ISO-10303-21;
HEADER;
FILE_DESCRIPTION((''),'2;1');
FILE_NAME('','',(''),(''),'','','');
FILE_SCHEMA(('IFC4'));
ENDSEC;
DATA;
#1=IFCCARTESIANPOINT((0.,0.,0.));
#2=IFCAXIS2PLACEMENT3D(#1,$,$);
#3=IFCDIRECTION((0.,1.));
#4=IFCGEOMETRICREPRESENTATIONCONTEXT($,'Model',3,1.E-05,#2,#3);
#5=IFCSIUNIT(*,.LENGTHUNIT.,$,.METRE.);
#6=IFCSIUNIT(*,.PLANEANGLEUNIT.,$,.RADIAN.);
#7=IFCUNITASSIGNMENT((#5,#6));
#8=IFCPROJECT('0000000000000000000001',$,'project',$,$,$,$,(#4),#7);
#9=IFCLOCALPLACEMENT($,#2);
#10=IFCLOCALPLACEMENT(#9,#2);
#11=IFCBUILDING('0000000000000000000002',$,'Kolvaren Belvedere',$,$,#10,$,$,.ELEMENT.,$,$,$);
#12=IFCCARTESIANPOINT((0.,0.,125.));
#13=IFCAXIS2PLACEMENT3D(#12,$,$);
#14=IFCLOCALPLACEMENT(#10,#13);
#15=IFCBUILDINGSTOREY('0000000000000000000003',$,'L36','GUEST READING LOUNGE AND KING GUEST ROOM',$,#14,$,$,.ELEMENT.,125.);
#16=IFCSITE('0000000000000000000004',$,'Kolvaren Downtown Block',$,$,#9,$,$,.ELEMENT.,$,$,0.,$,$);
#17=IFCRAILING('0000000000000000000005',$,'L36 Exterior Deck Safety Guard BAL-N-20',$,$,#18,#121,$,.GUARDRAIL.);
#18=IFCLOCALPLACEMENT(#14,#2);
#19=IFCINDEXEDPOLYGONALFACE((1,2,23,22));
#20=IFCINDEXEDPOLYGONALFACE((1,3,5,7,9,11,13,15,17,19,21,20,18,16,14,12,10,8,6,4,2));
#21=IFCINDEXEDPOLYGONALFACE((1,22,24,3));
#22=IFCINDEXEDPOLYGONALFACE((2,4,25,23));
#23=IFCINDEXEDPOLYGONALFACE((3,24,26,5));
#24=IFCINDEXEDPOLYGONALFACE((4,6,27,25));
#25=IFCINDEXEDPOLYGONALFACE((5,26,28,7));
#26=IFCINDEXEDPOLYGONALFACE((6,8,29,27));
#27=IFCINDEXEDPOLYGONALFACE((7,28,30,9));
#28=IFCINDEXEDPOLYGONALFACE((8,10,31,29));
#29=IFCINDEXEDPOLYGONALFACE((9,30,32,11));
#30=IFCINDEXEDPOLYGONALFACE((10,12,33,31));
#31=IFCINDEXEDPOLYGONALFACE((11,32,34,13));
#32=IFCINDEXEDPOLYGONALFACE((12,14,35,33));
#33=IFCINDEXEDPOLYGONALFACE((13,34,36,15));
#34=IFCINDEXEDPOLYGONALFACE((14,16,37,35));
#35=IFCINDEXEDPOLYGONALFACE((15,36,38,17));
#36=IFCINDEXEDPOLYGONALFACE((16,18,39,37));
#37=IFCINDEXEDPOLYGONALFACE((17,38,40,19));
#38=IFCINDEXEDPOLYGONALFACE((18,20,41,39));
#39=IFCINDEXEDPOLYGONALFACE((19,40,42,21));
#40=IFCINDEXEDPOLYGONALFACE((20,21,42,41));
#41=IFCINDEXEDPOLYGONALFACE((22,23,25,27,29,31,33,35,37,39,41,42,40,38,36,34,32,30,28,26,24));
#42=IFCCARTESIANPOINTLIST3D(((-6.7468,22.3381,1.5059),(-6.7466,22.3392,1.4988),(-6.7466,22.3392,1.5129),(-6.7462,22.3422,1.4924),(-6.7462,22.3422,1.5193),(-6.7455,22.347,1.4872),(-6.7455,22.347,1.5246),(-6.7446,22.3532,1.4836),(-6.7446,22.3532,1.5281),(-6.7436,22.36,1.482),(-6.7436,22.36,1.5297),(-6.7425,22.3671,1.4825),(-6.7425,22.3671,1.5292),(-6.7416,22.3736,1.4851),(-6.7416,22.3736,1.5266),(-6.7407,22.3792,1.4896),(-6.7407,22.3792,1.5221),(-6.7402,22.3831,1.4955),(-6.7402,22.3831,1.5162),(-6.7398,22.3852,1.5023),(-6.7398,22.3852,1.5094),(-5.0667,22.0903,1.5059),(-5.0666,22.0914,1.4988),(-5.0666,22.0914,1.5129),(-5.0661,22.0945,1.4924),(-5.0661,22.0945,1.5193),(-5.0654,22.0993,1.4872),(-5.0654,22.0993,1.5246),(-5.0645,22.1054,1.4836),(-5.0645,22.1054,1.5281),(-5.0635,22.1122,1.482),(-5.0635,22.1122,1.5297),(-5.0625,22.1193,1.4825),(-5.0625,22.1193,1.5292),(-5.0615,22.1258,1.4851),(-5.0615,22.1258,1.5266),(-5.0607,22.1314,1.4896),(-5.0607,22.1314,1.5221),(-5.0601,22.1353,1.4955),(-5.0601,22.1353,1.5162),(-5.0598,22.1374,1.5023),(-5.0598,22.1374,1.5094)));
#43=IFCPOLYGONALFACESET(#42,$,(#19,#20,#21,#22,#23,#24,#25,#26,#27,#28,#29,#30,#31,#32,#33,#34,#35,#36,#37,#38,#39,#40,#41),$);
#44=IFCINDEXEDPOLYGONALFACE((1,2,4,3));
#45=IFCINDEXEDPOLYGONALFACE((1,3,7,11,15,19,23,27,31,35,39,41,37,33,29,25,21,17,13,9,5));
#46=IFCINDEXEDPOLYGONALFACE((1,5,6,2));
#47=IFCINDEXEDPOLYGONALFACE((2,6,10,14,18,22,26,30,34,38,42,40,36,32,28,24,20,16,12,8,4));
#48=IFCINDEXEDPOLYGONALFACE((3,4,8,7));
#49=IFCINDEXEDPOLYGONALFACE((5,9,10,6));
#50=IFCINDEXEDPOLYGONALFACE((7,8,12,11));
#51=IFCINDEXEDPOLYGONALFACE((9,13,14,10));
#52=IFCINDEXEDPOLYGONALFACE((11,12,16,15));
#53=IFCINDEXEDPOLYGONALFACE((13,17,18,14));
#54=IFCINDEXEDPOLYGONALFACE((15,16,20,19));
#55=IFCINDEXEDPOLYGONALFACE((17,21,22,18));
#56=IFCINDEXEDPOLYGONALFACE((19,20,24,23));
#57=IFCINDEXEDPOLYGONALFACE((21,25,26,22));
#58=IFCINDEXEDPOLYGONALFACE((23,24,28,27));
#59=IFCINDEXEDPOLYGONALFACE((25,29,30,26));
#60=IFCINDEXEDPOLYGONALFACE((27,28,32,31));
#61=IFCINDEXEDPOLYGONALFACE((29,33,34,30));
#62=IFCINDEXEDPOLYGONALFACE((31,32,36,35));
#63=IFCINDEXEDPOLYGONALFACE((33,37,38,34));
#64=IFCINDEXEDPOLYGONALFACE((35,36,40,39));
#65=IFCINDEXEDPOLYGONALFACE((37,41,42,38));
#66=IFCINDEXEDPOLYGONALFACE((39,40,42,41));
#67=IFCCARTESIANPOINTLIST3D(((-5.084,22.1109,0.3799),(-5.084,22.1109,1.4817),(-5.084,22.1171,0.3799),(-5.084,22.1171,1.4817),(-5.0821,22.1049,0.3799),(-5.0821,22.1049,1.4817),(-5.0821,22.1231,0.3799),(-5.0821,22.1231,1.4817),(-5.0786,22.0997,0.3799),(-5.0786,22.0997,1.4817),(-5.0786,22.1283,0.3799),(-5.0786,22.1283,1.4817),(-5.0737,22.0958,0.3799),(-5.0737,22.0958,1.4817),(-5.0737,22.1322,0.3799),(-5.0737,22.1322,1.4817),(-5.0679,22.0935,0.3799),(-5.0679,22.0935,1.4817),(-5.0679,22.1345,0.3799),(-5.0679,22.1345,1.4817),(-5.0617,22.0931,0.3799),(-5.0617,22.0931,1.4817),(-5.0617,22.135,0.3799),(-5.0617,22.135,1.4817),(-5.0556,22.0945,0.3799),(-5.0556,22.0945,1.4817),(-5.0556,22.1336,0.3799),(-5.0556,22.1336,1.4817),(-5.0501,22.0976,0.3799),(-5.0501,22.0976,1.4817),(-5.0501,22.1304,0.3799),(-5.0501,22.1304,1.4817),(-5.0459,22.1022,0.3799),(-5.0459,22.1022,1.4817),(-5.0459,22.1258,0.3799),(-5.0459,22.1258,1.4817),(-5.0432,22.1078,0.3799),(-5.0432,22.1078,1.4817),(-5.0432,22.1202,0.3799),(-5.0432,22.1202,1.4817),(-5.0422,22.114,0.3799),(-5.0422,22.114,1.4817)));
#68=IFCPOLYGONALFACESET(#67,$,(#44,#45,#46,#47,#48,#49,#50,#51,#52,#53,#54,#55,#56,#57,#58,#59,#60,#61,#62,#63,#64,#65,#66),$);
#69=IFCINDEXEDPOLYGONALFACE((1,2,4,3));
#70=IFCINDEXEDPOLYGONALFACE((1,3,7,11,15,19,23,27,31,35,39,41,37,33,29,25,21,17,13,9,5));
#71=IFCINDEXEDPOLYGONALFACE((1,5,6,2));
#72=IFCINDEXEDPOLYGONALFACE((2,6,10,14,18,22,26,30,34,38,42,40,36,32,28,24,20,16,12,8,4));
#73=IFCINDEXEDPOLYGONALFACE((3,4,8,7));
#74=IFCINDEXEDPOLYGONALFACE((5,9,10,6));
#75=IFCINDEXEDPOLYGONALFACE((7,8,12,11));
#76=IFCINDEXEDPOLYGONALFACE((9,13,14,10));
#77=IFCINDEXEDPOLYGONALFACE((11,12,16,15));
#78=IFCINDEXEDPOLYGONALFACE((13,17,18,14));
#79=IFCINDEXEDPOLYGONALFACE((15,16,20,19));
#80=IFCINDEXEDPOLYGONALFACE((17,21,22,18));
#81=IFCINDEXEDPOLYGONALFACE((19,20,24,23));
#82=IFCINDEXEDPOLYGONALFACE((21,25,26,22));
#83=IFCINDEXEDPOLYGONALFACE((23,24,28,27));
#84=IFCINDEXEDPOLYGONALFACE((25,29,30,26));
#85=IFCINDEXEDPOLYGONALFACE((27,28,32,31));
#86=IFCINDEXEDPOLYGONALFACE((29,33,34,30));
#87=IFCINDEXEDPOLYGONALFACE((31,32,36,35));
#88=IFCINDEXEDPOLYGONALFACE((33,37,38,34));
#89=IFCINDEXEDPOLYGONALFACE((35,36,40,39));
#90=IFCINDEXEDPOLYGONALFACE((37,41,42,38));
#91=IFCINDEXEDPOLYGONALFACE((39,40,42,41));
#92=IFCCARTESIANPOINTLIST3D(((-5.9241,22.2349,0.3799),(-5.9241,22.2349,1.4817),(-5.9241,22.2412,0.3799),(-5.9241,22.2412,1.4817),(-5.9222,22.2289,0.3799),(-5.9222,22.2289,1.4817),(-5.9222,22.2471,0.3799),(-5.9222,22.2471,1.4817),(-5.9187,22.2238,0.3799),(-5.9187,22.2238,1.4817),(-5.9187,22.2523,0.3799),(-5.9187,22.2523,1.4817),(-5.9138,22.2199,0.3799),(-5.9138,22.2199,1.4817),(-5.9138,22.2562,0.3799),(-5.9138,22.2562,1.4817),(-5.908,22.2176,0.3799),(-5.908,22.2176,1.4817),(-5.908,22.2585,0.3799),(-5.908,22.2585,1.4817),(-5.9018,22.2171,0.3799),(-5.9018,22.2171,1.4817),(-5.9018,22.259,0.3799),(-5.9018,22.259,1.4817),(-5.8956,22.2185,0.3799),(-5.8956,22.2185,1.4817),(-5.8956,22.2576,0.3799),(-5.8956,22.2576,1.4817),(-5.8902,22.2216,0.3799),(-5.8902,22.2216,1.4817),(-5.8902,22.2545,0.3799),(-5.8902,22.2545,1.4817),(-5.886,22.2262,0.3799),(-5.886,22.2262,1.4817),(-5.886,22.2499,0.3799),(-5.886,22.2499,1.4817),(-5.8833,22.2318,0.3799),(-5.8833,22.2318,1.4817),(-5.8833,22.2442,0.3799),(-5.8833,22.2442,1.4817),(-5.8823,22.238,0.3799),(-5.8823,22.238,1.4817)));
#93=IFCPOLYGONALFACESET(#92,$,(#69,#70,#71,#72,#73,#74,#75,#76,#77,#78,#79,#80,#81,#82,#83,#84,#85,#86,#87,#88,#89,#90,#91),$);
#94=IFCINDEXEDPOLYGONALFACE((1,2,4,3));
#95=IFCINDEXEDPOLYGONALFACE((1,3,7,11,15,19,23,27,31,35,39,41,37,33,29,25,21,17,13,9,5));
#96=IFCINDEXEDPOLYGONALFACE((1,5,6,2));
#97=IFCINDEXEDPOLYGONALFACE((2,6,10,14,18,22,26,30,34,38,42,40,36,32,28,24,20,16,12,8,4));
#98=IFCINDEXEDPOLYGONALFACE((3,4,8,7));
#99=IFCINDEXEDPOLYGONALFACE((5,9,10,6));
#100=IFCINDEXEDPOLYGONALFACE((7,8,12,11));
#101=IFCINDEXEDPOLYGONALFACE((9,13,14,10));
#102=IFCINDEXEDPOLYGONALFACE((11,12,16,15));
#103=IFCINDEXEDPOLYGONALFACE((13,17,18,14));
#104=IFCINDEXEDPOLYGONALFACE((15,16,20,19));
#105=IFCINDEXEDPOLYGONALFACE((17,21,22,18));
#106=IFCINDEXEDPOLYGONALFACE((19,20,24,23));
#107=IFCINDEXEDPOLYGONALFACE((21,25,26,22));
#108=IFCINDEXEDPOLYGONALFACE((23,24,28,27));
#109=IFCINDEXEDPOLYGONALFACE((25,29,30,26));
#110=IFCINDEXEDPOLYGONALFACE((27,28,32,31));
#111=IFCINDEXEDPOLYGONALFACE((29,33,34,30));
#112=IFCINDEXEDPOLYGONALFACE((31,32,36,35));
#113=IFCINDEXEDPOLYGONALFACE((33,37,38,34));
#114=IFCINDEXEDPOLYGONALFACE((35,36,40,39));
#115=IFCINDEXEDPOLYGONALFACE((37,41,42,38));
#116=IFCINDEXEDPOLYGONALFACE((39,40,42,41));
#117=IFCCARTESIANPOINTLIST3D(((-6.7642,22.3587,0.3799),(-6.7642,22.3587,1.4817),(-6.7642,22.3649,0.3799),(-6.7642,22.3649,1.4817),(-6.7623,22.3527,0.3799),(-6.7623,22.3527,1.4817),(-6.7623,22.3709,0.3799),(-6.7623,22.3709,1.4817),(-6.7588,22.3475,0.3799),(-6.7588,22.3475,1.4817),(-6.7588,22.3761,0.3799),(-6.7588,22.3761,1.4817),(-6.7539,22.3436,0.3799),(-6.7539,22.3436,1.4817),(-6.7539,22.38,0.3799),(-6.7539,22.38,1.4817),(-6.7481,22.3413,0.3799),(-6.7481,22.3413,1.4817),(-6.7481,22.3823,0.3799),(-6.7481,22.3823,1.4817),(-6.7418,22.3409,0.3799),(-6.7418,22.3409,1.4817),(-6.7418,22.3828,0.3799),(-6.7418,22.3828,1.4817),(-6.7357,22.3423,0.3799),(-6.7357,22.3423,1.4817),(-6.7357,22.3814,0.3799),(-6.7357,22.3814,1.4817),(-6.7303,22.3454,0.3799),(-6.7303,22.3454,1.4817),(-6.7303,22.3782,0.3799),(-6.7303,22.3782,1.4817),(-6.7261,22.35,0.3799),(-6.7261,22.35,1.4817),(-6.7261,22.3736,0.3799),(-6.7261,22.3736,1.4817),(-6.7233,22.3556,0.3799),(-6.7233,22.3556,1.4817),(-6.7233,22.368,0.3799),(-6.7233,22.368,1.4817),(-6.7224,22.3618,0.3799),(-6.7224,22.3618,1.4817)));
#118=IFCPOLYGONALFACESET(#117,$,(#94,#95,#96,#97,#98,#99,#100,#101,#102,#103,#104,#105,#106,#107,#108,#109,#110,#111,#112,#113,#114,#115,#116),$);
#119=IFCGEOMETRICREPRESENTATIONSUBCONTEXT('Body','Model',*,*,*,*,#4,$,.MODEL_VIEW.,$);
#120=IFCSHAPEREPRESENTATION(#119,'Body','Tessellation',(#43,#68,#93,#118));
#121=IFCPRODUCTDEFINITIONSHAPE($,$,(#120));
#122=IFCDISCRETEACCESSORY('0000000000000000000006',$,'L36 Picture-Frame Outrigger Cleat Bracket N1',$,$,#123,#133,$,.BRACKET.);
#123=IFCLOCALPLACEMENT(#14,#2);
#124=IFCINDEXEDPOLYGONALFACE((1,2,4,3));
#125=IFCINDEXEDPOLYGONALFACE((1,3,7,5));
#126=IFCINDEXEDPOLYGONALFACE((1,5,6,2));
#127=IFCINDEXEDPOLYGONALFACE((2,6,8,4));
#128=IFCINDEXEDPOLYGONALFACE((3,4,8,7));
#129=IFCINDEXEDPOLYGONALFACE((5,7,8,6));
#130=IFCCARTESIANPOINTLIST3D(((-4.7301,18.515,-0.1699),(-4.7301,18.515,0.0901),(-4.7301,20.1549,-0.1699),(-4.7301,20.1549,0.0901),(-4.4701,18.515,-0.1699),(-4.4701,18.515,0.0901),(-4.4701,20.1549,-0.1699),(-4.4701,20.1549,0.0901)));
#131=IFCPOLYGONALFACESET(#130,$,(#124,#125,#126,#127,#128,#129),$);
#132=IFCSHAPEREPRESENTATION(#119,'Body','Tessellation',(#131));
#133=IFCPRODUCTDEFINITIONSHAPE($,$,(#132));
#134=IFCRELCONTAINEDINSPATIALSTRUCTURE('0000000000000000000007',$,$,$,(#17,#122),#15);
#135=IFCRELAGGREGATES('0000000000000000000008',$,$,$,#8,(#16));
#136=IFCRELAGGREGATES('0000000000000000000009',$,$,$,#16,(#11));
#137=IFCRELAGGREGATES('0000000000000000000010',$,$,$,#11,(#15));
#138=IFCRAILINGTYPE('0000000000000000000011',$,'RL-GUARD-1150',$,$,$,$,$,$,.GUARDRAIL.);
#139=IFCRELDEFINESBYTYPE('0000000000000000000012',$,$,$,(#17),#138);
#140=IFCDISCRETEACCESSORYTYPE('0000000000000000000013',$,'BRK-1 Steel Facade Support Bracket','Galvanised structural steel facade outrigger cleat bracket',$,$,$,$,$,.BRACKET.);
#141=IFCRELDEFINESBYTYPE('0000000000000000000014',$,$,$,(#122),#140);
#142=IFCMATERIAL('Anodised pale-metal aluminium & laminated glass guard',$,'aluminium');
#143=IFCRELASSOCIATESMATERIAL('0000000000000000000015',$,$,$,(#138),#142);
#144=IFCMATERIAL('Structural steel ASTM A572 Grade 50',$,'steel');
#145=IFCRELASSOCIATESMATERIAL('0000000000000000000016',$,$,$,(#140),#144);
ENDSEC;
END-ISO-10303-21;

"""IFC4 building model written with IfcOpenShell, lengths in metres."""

from ifc_helpers import new_model, si_unit, direction, frame, origin, origin_2d, place, context, subcontext, project, spatial, rectangle, circle, extrude, material, type_object, element, save


model = new_model("IFC4")

# Units and contexts
model_context = context("Model", 3, precision=1e-05, world=origin(), true_north=direction((0.0, 1.0)))
body_context = subcontext(model_context, "Body", "Model", "MODEL_VIEW")
ifc_project = project(units=[si_unit("LENGTHUNIT", "METRE"), si_unit("PLANEANGLEUNIT", "RADIAN")], contexts=[model_context])

# Site, building, storey
site_placement = place(None, origin())
site = spatial("IfcSite", under=ifc_project, at=site_placement, Name="Kolvaren Downtown Block", CompositionType="ELEMENT", RefElevation=0.0)
building_placement = place(site_placement, origin())
building = spatial("IfcBuilding", under=site, at=building_placement, Name="Kolvaren Belvedere", CompositionType="ELEMENT")
storey_placement = place(building_placement, frame((0.0, 0.0, 125.0)))
storey = spatial("IfcBuildingStorey", under=building, at=storey_placement, Name="L36", Description="GUEST READING LOUNGE AND KING GUEST ROOM", CompositionType="ELEMENT", Elevation=125.0)

# Railing
ifc_material_1 = material(Name="Anodised pale-metal aluminium & laminated glass guard", Category="aluminium")
railing_type = type_object("IfcRailingType", Name="RL-GUARD-1150", PredefinedType="GUARDRAIL", material=ifc_material_1)
railing_1_placement = place(storey_placement, frame((-5.0632, 22.114, 0.3799)))
element("IfcRailing", 1, at=railing_1_placement, inside=storey, type_object=railing_type, Name="L36 Exterior Deck Safety Guard BAL-N-20", PredefinedType="GUARDRAIL", context=body_context, shape_type="SweptSolid", body=[
    extrude(circle(Radius=0.0239, at=origin_2d()), frame((0.0, 0.0, 1.126), z_axis=(-0.989298, 0.145908, 0.0), x_axis=(-0.145908, -0.989298, 0.0)), (0.0, 0.0, 1.0), 1.6982),
    extrude(circle(Radius=0.021, at=origin_2d()), origin(), (0.0, 0.0, 1.0), 1.1018),
    extrude(circle(Radius=0.021, at=origin_2d()), frame((-0.8401, 0.124, 0.0)), (0.0, 0.0, 1.0), 1.1018),
    extrude(circle(Radius=0.021, at=origin_2d()), frame((-1.6802, 0.2478, 0.0)), (0.0, 0.0, 1.0), 1.1018),
])

# Discrete accessory
ifc_material_2 = material(Name="Structural steel ASTM A572 Grade 50", Category="steel")
discrete_accessory_type = type_object("IfcDiscreteAccessoryType", Name="BRK-1 Steel Facade Support Bracket", Description="Galvanised structural steel facade outrigger cleat bracket", PredefinedType="BRACKET", material=ifc_material_2)
discrete_accessory_placement = place(storey_placement, frame((-4.6001, 19.335, -0.1699), z_axis=(0.0, 0.0, 1.0), x_axis=(0.0, 1.0, 0.0)))
element("IfcDiscreteAccessory", 2, at=discrete_accessory_placement, inside=storey, type_object=discrete_accessory_type, Name="L36 Picture-Frame Outrigger Cleat Bracket N1", PredefinedType="BRACKET", context=body_context, shape_type="SweptSolid", body=[
    extrude(rectangle(XDim=1.6399, YDim=0.26, at=origin_2d()), origin(), (0.0, 0.0, 1.0), 0.26),
])

save(model, "model.ifc")
